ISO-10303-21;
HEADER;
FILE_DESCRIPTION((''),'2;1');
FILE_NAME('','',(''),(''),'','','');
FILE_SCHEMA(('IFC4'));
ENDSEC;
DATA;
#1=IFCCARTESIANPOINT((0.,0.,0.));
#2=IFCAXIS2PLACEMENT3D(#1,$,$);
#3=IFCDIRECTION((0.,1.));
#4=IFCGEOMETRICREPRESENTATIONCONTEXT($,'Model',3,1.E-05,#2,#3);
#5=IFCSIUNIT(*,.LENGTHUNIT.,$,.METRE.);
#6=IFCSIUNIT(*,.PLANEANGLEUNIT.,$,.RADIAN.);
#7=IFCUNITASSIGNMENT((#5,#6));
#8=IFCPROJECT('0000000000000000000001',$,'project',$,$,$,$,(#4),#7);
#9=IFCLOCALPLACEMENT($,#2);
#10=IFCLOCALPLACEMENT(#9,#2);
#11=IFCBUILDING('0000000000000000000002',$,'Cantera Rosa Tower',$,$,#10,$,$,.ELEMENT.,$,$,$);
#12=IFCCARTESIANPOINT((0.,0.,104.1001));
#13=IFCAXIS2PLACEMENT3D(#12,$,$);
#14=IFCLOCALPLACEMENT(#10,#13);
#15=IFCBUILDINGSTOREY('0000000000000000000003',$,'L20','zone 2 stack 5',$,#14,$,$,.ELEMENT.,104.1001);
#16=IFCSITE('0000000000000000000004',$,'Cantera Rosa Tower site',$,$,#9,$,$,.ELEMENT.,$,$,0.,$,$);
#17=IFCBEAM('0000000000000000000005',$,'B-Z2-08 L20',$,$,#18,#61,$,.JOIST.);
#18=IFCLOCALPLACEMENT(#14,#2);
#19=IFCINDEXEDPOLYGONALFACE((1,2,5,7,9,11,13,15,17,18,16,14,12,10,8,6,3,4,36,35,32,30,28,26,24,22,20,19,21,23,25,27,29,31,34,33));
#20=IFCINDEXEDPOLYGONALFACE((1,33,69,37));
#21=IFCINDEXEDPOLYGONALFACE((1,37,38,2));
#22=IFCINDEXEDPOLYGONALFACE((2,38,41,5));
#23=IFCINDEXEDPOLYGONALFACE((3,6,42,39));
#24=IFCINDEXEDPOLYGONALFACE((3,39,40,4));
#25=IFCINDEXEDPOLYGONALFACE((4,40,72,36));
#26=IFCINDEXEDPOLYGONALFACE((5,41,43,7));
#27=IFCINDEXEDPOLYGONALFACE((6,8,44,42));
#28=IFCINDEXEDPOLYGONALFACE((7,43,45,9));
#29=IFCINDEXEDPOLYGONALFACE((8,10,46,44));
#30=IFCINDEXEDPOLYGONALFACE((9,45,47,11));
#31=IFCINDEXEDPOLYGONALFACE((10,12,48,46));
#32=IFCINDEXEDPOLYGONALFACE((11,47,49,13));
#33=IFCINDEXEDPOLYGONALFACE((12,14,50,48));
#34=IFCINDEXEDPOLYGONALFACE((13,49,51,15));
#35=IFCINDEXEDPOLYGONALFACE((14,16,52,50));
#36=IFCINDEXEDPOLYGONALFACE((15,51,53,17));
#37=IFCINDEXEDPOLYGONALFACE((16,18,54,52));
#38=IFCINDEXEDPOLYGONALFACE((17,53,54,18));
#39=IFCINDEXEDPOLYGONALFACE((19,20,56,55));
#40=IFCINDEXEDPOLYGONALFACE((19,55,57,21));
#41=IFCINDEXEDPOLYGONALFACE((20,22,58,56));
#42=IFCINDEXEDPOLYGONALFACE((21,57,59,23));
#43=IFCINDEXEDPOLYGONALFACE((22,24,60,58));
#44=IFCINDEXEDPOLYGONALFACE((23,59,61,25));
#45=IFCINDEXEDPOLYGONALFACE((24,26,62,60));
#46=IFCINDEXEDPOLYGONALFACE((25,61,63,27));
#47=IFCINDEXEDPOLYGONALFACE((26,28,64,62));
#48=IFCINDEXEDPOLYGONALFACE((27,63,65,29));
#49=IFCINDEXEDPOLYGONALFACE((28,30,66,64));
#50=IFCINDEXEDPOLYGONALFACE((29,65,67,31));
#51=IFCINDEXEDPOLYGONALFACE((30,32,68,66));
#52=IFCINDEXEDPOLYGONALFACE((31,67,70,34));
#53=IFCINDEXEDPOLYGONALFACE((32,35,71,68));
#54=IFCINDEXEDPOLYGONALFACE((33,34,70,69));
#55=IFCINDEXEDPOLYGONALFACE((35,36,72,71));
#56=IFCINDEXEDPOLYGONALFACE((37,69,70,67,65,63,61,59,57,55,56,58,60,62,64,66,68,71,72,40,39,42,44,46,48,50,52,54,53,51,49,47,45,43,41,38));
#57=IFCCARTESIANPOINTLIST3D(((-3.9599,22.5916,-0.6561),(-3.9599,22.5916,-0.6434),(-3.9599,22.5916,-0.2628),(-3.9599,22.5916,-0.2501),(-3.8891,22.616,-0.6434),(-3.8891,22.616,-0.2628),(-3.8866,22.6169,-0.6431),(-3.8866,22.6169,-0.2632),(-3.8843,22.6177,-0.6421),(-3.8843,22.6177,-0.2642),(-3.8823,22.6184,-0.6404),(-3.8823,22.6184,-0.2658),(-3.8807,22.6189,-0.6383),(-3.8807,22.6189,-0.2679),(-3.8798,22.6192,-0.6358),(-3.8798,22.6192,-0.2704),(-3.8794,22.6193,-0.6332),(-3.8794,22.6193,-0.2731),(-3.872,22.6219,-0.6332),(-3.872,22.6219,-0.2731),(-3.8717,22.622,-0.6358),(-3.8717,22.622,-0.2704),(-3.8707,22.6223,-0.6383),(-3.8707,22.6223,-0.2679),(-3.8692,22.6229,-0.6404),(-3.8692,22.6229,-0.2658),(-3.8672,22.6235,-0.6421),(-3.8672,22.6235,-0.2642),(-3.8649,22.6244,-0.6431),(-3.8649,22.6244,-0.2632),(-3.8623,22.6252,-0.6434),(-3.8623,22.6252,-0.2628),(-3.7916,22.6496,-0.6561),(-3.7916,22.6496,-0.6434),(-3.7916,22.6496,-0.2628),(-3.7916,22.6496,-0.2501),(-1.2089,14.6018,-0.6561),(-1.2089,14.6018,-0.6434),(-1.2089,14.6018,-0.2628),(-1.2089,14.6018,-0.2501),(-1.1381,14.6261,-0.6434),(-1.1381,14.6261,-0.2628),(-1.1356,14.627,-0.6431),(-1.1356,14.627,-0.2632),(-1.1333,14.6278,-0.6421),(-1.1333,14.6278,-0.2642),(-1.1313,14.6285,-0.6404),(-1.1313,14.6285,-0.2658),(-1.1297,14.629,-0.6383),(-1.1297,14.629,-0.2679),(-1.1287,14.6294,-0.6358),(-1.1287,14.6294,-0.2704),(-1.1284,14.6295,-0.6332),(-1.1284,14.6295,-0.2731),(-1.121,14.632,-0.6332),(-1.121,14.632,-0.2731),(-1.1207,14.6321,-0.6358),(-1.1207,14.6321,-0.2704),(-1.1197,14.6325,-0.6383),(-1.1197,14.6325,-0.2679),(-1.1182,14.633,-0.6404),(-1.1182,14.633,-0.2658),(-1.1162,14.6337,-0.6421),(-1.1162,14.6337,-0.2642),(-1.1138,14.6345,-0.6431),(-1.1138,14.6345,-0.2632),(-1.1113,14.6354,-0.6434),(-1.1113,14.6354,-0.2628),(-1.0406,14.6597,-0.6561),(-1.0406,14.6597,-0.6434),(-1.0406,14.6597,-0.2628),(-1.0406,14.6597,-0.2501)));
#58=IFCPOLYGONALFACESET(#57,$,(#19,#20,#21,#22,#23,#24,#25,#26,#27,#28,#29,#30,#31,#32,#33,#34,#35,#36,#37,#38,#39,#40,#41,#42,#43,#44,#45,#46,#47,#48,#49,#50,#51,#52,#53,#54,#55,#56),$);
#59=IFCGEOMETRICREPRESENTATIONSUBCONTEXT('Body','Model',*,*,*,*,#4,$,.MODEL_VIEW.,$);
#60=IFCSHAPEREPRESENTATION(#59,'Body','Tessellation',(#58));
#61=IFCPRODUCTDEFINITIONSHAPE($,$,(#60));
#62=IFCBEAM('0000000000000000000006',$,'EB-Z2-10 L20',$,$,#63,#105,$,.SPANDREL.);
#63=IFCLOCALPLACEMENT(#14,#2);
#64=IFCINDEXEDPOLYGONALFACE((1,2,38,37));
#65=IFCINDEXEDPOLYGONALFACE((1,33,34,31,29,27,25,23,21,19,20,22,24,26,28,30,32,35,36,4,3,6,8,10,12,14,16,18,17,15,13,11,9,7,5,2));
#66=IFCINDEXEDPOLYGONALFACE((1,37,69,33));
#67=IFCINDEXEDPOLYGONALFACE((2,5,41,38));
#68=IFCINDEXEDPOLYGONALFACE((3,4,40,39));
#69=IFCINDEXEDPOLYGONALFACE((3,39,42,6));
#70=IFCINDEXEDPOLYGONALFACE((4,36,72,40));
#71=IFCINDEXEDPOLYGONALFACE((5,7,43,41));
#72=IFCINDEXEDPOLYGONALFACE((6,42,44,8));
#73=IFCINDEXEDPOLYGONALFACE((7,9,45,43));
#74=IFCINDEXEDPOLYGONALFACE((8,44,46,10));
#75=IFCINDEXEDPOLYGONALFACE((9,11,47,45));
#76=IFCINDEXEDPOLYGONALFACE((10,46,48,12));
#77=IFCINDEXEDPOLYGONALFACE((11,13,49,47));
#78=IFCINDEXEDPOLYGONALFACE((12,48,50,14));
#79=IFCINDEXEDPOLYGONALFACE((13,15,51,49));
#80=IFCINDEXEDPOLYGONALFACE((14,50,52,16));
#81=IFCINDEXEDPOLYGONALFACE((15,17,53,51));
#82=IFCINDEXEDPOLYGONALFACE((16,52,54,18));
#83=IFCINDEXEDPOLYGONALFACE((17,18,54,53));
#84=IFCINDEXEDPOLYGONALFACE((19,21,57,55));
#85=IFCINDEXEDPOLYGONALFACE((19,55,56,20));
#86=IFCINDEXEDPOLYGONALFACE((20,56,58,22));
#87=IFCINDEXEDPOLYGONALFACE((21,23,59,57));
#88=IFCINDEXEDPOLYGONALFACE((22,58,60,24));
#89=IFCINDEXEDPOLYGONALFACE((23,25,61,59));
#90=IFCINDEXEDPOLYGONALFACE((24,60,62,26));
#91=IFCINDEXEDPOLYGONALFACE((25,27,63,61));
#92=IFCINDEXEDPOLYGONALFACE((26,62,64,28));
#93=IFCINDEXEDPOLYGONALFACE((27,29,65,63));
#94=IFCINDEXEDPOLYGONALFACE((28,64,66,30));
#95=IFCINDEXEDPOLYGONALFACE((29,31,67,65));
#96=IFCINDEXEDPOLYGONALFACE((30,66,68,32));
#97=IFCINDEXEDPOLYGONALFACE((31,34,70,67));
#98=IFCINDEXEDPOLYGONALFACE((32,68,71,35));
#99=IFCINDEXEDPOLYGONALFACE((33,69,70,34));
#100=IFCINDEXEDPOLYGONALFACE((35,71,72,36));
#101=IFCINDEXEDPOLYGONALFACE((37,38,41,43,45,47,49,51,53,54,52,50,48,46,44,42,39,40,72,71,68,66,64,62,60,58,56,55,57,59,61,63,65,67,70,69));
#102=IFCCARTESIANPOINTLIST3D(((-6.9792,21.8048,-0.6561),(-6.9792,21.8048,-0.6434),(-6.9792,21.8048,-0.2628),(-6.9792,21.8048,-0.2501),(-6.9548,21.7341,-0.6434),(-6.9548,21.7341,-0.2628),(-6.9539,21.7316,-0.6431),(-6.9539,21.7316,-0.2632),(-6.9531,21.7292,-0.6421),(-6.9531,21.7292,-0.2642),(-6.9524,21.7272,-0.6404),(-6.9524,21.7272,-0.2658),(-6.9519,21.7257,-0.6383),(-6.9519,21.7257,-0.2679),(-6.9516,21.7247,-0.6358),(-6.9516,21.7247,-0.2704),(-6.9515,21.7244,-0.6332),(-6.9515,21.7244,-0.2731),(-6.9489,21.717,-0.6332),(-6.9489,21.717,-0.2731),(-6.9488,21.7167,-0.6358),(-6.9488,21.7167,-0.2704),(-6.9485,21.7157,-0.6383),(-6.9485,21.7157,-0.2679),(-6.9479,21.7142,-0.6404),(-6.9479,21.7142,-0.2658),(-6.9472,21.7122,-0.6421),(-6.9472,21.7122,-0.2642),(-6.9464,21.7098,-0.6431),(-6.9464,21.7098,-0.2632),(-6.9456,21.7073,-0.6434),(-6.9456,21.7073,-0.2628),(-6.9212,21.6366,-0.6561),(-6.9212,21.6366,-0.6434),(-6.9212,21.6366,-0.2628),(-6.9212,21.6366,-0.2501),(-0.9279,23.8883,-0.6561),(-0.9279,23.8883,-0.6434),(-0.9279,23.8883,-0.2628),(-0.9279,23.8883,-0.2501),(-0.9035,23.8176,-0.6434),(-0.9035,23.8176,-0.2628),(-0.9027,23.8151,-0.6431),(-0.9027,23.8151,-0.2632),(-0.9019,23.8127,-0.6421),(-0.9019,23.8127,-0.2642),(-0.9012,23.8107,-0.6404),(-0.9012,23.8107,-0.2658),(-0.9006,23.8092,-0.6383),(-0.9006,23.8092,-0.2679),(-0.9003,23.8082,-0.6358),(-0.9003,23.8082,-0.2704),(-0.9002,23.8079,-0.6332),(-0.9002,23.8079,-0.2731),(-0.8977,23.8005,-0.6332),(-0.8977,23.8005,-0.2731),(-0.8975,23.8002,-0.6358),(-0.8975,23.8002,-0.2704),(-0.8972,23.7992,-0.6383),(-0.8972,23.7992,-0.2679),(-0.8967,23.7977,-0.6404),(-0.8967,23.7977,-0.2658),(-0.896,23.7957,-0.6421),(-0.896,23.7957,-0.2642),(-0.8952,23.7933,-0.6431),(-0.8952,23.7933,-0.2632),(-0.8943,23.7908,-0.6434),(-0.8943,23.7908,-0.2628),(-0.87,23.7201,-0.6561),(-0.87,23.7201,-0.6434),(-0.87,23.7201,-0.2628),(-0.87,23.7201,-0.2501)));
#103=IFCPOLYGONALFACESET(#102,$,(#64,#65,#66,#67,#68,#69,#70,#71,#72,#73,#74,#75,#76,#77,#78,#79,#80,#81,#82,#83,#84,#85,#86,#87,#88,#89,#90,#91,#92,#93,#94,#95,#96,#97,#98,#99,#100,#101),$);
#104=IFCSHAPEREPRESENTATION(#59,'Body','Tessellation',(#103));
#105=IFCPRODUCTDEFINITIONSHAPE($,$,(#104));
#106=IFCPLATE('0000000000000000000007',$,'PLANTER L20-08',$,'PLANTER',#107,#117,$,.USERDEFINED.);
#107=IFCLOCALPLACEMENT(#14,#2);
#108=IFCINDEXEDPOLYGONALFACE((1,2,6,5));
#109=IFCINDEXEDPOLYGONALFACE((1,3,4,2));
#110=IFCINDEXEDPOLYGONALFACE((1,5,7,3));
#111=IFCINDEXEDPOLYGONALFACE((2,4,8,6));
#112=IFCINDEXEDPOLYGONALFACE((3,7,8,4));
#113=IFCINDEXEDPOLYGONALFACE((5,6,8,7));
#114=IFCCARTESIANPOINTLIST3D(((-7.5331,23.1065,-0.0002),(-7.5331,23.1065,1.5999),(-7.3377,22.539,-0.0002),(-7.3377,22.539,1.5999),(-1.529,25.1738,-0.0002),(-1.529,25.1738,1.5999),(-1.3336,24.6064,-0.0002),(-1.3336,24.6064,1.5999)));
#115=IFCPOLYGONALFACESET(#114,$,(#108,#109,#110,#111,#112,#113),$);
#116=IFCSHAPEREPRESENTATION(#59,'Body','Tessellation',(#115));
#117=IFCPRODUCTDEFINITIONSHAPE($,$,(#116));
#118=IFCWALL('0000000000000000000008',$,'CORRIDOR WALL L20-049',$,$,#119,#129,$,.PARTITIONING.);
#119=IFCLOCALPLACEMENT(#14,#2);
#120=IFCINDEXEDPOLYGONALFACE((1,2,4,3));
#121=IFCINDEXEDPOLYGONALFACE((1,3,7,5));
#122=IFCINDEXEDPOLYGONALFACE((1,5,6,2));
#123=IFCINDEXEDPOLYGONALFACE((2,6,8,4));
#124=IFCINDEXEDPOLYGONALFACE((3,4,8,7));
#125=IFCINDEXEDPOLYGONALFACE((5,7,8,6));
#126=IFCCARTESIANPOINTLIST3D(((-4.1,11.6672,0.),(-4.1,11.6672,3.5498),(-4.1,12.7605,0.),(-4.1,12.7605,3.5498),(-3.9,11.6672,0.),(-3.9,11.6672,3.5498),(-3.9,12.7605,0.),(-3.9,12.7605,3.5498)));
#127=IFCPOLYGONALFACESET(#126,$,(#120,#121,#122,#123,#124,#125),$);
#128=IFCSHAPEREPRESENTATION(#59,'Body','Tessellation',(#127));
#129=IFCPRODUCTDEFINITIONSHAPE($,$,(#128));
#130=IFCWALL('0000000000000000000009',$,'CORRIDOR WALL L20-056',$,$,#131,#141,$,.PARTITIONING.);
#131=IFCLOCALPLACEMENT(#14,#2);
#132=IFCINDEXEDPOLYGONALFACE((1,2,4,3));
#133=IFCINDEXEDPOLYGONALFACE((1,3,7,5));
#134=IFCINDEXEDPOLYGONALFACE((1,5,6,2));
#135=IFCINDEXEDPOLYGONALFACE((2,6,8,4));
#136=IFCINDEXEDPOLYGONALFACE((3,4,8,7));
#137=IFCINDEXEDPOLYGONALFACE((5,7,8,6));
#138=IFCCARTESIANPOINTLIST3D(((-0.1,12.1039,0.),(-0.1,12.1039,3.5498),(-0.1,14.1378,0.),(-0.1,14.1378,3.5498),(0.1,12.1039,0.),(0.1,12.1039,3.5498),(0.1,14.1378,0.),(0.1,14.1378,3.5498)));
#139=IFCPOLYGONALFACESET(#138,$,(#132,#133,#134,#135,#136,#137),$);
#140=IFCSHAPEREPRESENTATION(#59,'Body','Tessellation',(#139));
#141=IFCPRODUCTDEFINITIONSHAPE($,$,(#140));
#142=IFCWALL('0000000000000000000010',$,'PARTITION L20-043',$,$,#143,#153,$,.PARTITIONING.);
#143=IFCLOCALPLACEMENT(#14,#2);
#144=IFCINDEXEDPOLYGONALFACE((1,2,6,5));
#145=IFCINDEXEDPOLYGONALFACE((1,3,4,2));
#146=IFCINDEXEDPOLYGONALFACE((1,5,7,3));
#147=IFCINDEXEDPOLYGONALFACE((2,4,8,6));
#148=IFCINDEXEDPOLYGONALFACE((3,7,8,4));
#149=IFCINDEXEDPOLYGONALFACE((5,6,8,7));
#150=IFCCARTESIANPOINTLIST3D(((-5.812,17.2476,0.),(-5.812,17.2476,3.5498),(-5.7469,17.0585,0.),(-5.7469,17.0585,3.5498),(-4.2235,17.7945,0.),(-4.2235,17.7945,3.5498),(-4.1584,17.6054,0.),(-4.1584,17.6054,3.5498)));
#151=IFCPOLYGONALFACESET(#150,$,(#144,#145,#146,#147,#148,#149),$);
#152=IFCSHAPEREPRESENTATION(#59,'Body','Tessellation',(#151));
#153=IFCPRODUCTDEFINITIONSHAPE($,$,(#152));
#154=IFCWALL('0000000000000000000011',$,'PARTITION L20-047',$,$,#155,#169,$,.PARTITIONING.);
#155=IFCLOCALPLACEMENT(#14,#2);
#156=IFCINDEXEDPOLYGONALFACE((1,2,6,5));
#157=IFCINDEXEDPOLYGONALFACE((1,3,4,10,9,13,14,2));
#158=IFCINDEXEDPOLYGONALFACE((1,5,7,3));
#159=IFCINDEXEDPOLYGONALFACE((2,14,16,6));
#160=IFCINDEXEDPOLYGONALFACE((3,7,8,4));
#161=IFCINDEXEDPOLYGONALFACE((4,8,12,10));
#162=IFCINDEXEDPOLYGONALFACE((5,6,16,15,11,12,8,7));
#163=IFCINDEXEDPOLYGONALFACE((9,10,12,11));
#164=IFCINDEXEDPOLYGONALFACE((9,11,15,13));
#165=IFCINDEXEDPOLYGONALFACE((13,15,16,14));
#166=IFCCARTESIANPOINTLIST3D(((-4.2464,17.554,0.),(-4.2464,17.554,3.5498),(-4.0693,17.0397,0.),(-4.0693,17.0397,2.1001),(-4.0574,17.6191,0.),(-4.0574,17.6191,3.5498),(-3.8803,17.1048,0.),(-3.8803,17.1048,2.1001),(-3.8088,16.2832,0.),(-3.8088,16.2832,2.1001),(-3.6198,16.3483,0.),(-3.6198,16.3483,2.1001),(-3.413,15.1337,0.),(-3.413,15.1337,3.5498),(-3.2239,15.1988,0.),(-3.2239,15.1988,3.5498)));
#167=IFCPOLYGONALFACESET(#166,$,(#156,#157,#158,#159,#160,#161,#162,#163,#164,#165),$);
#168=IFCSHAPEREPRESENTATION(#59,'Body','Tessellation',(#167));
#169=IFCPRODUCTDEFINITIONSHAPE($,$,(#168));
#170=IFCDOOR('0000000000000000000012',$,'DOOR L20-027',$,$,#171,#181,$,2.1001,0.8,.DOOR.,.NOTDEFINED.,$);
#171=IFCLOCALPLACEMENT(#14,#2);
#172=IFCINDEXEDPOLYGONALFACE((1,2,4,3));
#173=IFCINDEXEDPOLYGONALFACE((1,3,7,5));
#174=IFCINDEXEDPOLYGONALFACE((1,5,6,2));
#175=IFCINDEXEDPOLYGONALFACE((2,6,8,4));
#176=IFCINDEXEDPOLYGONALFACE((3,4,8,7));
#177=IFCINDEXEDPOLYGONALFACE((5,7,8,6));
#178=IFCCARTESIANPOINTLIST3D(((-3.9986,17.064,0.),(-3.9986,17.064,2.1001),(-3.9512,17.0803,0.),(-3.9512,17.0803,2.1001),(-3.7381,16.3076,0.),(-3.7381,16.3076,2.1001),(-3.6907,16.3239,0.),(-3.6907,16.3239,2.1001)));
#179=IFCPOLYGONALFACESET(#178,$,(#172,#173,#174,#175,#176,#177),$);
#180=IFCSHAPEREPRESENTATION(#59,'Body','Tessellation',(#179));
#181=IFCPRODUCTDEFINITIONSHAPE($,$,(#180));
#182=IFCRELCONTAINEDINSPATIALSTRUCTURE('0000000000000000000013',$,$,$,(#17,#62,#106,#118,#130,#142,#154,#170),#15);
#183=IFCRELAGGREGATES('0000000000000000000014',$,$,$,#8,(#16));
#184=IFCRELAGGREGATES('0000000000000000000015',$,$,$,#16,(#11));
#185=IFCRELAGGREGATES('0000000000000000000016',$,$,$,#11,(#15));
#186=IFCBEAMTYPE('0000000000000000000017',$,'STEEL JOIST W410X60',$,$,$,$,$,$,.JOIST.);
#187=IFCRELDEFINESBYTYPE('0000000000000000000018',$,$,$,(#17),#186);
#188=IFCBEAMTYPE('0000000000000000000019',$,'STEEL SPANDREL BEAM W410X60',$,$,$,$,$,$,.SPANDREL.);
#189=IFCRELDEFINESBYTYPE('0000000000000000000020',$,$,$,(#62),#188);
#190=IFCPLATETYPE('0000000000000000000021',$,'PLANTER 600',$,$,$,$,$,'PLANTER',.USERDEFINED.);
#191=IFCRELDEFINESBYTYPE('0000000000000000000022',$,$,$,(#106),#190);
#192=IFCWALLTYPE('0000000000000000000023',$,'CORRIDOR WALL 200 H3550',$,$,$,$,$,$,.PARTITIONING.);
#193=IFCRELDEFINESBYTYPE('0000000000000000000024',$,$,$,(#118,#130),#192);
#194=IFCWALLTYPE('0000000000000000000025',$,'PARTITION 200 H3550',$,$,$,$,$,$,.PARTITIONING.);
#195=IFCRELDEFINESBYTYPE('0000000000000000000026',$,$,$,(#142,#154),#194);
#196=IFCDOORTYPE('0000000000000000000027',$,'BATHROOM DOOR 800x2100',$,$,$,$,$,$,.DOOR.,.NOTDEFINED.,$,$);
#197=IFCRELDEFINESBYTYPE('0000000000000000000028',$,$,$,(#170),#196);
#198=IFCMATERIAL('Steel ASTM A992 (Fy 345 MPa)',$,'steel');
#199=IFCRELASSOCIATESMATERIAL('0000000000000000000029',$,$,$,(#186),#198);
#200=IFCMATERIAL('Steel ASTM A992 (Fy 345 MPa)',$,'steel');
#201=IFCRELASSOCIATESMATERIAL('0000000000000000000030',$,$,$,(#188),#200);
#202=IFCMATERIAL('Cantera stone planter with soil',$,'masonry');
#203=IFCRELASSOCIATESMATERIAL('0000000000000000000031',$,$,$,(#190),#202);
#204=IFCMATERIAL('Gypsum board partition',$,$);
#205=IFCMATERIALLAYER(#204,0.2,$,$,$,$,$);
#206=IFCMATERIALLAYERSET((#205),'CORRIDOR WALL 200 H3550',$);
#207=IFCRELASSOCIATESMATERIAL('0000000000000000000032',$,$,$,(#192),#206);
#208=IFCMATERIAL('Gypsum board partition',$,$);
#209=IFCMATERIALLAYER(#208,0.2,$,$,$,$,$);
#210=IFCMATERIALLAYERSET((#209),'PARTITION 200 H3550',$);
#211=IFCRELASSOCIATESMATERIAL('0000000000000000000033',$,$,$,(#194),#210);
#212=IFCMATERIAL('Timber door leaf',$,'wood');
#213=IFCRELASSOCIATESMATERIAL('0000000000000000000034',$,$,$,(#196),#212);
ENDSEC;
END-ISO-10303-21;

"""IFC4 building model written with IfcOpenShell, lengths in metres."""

from ifc_helpers import new_model, si_unit, direction, frame, frame_2d, origin, origin_2d, place, context, subcontext, project, spatial, rectangle, i_section, extrude, material, layer, layer_set, material_profile, profile_set, type_object, element, fill, save


model = new_model("IFC4")

# Units and contexts
model_context = context("Model", 3, precision=1e-05, world=origin(), true_north=direction((0.0, 1.0)))
body_context = subcontext(model_context, "Body", "Model", "MODEL_VIEW")
ifc_project = project(units=[si_unit("LENGTHUNIT", "METRE"), si_unit("PLANEANGLEUNIT", "RADIAN")], contexts=[model_context])

# Site, building, storey
site_placement = place(None, origin())
site = spatial("IfcSite", under=ifc_project, at=site_placement, Name="Cantera Rosa Tower site", CompositionType="ELEMENT", RefElevation=0.0)
building_placement = place(site_placement, origin())
building = spatial("IfcBuilding", under=site, at=building_placement, Name="Cantera Rosa Tower", CompositionType="ELEMENT")
storey_placement = place(building_placement, frame((0.0, 0.0, 104.1001)))
storey = spatial("IfcBuildingStorey", under=building, at=storey_placement, Name="L20", Description="zone 2 stack 5", CompositionType="ELEMENT", Elevation=104.1001)

# Beams
ifc_material_1 = material(Name="Steel ASTM A992 (Fy 345 MPa)", Category="steel")
ifc_material_profile_1 = material_profile(ifc_material_1, i_section(OverallWidth=0.178, OverallDepth=0.406, WebThickness=0.0078, FlangeThickness=0.0127, FilletRadius=0.0103, at=origin_2d()), Name="W410X60")
ifc_profile_set_1 = profile_set([ifc_material_profile_1], Name="Steel ASTM A992 (Fy 345 MPa)")
beam_type_1 = type_object("IfcBeamType", Name="STEEL JOIST W410X60", PredefinedType="JOIST", material=ifc_profile_set_1)
beam_1_placement = place(storey_placement, frame((-3.8757, 22.6206, -0.4531), z_axis=(0.325556, -0.945523, 0.0), x_axis=(0.945523, 0.325556, 0.0)))
element("IfcBeam", 1, at=beam_1_placement, inside=storey, type_object=beam_type_1, Name="B-Z2-08 L20", PredefinedType="JOIST", context=body_context, shape_type="SweptSolid", body=[
    extrude(i_section(OverallWidth=0.178, OverallDepth=0.406, WebThickness=0.0078, FlangeThickness=0.0127, FilletRadius=0.0103, at=origin_2d()), origin(), (0.0, 0.0, 1.0), 8.4502),
])
ifc_material_2 = material(Name="Steel ASTM A992 (Fy 345 MPa)", Category="steel")
ifc_material_profile_2 = material_profile(ifc_material_2, i_section(OverallWidth=0.178, OverallDepth=0.406, WebThickness=0.0078, FlangeThickness=0.0127, FilletRadius=0.0103, at=origin_2d()), Name="W410X60")
ifc_profile_set_2 = profile_set([ifc_material_profile_2], Name="Steel ASTM A992 (Fy 345 MPa)")
beam_type_2 = type_object("IfcBeamType", Name="STEEL SPANDREL BEAM W410X60", PredefinedType="SPANDREL", material=ifc_profile_set_2)
beam_2_placement = place(storey_placement, frame((-0.8989, 23.8042, -0.4531), z_axis=(-0.945524, -0.325551, 0.0), x_axis=(0.325551, -0.945524, 0.0)))
element("IfcBeam", 2, at=beam_2_placement, inside=storey, type_object=beam_type_2, Name="EB-Z2-10 L20", PredefinedType="SPANDREL", context=body_context, shape_type="SweptSolid", body=[
    extrude(i_section(OverallWidth=0.178, OverallDepth=0.406, WebThickness=0.0078, FlangeThickness=0.0127, FilletRadius=0.0103, at=origin_2d()), origin(), (0.0, 0.0, 1.0), 6.3999),
])

# Plate
ifc_material_3 = material(Name="Cantera stone planter with soil", Category="masonry")
plate_type = type_object("IfcPlateType", Name="PLANTER 600", ElementType="PLANTER", PredefinedType="USERDEFINED", material=ifc_material_3)
plate_placement = place(storey_placement, frame((-4.4333, 23.8564, -0.0002), z_axis=(0.0, 0.0, 1.0), x_axis=(-0.945519, -0.325568, 0.0)))
element("IfcPlate", 3, at=plate_placement, inside=storey, type_object=plate_type, Name="PLANTER L20-08", ObjectType="PLANTER", PredefinedType="USERDEFINED", context=body_context, shape_type="SweptSolid", body=[
    extrude(rectangle(XDim=6.3501, YDim=0.6001, at=origin_2d()), origin(), (0.0, 0.0, 1.0), 1.6001),
])

# Walls
ifc_material_4 = material(Name="Gypsum board partition")
ifc_layer_1 = layer(ifc_material_4, 0.2)
ifc_layer_set_1 = layer_set([ifc_layer_1], Name="CORRIDOR WALL 200 H3550")
wall_type_1 = type_object("IfcWallType", Name="CORRIDOR WALL 200 H3550", PredefinedType="PARTITIONING", material=ifc_layer_set_1)
wall_1_placement = place(storey_placement, frame((-4.0, 12.7605, 0.0), z_axis=(0.0, 0.0, 1.0), x_axis=(0.0, -1.0, 0.0)))
element("IfcWall", 4, at=wall_1_placement, inside=storey, type_object=wall_type_1, Name="CORRIDOR WALL L20-049", PredefinedType="PARTITIONING", context=body_context, shape_type="SweptSolid", body=[
    extrude(rectangle(XDim=1.0933, YDim=0.2, at=frame_2d((0.5466, 0.0))), origin(), (0.0, 0.0, 1.0), 3.5498),
])
wall_2_placement = place(storey_placement, frame((0.0, 14.1379, 0.0), z_axis=(0.0, 0.0, 1.0), x_axis=(0.0, -1.0, 0.0)))
element("IfcWall", 5, at=wall_2_placement, inside=storey, type_object=wall_type_1, Name="CORRIDOR WALL L20-056", PredefinedType="PARTITIONING", context=body_context, shape_type="SweptSolid", body=[
    extrude(rectangle(XDim=2.0339, YDim=0.2, at=frame_2d((1.0171, 0.0))), origin(), (0.0, 0.0, 1.0), 3.5498),
])

# Wall
ifc_material_5 = material(Name="Gypsum board partition")
ifc_layer_2 = layer(ifc_material_5, 0.2)
ifc_layer_set_2 = layer_set([ifc_layer_2], Name="PARTITION 200 H3550")
wall_type_2 = type_object("IfcWallType", Name="PARTITION 200 H3550", PredefinedType="PARTITIONING", material=ifc_layer_set_2)
wall_3_placement = place(storey_placement, frame((-5.7793, 17.1531, 0.0), z_axis=(0.0, 0.0, 1.0), x_axis=(0.945527, 0.325543, 0.0)))
element("IfcWall", 6, at=wall_3_placement, inside=storey, type_object=wall_type_2, Name="PARTITION L20-043", PredefinedType="PARTITIONING", context=body_context, shape_type="SweptSolid", body=[
    extrude(rectangle(XDim=1.6799, YDim=0.2, at=frame_2d((0.8398, 0.0))), origin(), (0.0, 0.0, 1.0), 3.5498),
])

# Wall, opening, door
wall_4_placement = place(storey_placement, frame((-4.1519, 17.5864, 0.0), z_axis=(0.0, 0.0, 1.0), x_axis=(0.325597, -0.945509, 0.0)))
wall_4 = element("IfcWall", 7, at=wall_4_placement, inside=storey, type_object=wall_type_2, Name="PARTITION L20-047", PredefinedType="PARTITIONING", context=body_context, shape_type="SweptSolid", body=[
    extrude(rectangle(XDim=2.5598, YDim=0.2, at=frame_2d((1.2798, 0.0))), origin(), (0.0, 0.0, 1.0), 3.5498),
])
opening_1_placement = place(wall_4_placement, frame((0.5439, 0.0, 0.0)))
opening_1 = element("IfcOpeningElement", 8, at=opening_1_placement, cuts=wall_4, PredefinedType="OPENING", context=body_context, shape_type="SweptSolid", body=[
    extrude(rectangle(XDim=0.8, YDim=2.1001, at=frame_2d((0.3999, 1.05))), frame((0.0, 0.1099, 0.0), z_axis=(0.0, -1.0, 0.0), x_axis=(1.0, 0.0, 0.0)), (0.0, 0.0, 1.0), 0.22),
])
ifc_material_6 = material(Name="Timber door leaf", Category="wood")
door_type_1 = type_object("IfcDoorType", Name="BATHROOM DOOR 800x2100", OperationType="NOTDEFINED", PredefinedType="DOOR", material=ifc_material_6)
door_1_placement = place(opening_1_placement, origin())
door_1 = element("IfcDoor", 9, at=door_1_placement, inside=storey, type_object=door_type_1, Name="DOOR L20-027", OperationType="NOTDEFINED", OverallHeight=2.1001, OverallWidth=0.8, PredefinedType="DOOR", context=body_context, shape_type="SweptSolid", body=[
    extrude(rectangle(XDim=0.8, YDim=2.1001, at=frame_2d((0.3999, 1.05))), frame((0.0, 0.0249, 0.0), z_axis=(0.0, -1.0, 0.0), x_axis=(1.0, 0.0, 0.0)), (0.0, 0.0, 1.0), 0.05),
])
fill(opening_1, door_1)

save(model, "model.ifc")
